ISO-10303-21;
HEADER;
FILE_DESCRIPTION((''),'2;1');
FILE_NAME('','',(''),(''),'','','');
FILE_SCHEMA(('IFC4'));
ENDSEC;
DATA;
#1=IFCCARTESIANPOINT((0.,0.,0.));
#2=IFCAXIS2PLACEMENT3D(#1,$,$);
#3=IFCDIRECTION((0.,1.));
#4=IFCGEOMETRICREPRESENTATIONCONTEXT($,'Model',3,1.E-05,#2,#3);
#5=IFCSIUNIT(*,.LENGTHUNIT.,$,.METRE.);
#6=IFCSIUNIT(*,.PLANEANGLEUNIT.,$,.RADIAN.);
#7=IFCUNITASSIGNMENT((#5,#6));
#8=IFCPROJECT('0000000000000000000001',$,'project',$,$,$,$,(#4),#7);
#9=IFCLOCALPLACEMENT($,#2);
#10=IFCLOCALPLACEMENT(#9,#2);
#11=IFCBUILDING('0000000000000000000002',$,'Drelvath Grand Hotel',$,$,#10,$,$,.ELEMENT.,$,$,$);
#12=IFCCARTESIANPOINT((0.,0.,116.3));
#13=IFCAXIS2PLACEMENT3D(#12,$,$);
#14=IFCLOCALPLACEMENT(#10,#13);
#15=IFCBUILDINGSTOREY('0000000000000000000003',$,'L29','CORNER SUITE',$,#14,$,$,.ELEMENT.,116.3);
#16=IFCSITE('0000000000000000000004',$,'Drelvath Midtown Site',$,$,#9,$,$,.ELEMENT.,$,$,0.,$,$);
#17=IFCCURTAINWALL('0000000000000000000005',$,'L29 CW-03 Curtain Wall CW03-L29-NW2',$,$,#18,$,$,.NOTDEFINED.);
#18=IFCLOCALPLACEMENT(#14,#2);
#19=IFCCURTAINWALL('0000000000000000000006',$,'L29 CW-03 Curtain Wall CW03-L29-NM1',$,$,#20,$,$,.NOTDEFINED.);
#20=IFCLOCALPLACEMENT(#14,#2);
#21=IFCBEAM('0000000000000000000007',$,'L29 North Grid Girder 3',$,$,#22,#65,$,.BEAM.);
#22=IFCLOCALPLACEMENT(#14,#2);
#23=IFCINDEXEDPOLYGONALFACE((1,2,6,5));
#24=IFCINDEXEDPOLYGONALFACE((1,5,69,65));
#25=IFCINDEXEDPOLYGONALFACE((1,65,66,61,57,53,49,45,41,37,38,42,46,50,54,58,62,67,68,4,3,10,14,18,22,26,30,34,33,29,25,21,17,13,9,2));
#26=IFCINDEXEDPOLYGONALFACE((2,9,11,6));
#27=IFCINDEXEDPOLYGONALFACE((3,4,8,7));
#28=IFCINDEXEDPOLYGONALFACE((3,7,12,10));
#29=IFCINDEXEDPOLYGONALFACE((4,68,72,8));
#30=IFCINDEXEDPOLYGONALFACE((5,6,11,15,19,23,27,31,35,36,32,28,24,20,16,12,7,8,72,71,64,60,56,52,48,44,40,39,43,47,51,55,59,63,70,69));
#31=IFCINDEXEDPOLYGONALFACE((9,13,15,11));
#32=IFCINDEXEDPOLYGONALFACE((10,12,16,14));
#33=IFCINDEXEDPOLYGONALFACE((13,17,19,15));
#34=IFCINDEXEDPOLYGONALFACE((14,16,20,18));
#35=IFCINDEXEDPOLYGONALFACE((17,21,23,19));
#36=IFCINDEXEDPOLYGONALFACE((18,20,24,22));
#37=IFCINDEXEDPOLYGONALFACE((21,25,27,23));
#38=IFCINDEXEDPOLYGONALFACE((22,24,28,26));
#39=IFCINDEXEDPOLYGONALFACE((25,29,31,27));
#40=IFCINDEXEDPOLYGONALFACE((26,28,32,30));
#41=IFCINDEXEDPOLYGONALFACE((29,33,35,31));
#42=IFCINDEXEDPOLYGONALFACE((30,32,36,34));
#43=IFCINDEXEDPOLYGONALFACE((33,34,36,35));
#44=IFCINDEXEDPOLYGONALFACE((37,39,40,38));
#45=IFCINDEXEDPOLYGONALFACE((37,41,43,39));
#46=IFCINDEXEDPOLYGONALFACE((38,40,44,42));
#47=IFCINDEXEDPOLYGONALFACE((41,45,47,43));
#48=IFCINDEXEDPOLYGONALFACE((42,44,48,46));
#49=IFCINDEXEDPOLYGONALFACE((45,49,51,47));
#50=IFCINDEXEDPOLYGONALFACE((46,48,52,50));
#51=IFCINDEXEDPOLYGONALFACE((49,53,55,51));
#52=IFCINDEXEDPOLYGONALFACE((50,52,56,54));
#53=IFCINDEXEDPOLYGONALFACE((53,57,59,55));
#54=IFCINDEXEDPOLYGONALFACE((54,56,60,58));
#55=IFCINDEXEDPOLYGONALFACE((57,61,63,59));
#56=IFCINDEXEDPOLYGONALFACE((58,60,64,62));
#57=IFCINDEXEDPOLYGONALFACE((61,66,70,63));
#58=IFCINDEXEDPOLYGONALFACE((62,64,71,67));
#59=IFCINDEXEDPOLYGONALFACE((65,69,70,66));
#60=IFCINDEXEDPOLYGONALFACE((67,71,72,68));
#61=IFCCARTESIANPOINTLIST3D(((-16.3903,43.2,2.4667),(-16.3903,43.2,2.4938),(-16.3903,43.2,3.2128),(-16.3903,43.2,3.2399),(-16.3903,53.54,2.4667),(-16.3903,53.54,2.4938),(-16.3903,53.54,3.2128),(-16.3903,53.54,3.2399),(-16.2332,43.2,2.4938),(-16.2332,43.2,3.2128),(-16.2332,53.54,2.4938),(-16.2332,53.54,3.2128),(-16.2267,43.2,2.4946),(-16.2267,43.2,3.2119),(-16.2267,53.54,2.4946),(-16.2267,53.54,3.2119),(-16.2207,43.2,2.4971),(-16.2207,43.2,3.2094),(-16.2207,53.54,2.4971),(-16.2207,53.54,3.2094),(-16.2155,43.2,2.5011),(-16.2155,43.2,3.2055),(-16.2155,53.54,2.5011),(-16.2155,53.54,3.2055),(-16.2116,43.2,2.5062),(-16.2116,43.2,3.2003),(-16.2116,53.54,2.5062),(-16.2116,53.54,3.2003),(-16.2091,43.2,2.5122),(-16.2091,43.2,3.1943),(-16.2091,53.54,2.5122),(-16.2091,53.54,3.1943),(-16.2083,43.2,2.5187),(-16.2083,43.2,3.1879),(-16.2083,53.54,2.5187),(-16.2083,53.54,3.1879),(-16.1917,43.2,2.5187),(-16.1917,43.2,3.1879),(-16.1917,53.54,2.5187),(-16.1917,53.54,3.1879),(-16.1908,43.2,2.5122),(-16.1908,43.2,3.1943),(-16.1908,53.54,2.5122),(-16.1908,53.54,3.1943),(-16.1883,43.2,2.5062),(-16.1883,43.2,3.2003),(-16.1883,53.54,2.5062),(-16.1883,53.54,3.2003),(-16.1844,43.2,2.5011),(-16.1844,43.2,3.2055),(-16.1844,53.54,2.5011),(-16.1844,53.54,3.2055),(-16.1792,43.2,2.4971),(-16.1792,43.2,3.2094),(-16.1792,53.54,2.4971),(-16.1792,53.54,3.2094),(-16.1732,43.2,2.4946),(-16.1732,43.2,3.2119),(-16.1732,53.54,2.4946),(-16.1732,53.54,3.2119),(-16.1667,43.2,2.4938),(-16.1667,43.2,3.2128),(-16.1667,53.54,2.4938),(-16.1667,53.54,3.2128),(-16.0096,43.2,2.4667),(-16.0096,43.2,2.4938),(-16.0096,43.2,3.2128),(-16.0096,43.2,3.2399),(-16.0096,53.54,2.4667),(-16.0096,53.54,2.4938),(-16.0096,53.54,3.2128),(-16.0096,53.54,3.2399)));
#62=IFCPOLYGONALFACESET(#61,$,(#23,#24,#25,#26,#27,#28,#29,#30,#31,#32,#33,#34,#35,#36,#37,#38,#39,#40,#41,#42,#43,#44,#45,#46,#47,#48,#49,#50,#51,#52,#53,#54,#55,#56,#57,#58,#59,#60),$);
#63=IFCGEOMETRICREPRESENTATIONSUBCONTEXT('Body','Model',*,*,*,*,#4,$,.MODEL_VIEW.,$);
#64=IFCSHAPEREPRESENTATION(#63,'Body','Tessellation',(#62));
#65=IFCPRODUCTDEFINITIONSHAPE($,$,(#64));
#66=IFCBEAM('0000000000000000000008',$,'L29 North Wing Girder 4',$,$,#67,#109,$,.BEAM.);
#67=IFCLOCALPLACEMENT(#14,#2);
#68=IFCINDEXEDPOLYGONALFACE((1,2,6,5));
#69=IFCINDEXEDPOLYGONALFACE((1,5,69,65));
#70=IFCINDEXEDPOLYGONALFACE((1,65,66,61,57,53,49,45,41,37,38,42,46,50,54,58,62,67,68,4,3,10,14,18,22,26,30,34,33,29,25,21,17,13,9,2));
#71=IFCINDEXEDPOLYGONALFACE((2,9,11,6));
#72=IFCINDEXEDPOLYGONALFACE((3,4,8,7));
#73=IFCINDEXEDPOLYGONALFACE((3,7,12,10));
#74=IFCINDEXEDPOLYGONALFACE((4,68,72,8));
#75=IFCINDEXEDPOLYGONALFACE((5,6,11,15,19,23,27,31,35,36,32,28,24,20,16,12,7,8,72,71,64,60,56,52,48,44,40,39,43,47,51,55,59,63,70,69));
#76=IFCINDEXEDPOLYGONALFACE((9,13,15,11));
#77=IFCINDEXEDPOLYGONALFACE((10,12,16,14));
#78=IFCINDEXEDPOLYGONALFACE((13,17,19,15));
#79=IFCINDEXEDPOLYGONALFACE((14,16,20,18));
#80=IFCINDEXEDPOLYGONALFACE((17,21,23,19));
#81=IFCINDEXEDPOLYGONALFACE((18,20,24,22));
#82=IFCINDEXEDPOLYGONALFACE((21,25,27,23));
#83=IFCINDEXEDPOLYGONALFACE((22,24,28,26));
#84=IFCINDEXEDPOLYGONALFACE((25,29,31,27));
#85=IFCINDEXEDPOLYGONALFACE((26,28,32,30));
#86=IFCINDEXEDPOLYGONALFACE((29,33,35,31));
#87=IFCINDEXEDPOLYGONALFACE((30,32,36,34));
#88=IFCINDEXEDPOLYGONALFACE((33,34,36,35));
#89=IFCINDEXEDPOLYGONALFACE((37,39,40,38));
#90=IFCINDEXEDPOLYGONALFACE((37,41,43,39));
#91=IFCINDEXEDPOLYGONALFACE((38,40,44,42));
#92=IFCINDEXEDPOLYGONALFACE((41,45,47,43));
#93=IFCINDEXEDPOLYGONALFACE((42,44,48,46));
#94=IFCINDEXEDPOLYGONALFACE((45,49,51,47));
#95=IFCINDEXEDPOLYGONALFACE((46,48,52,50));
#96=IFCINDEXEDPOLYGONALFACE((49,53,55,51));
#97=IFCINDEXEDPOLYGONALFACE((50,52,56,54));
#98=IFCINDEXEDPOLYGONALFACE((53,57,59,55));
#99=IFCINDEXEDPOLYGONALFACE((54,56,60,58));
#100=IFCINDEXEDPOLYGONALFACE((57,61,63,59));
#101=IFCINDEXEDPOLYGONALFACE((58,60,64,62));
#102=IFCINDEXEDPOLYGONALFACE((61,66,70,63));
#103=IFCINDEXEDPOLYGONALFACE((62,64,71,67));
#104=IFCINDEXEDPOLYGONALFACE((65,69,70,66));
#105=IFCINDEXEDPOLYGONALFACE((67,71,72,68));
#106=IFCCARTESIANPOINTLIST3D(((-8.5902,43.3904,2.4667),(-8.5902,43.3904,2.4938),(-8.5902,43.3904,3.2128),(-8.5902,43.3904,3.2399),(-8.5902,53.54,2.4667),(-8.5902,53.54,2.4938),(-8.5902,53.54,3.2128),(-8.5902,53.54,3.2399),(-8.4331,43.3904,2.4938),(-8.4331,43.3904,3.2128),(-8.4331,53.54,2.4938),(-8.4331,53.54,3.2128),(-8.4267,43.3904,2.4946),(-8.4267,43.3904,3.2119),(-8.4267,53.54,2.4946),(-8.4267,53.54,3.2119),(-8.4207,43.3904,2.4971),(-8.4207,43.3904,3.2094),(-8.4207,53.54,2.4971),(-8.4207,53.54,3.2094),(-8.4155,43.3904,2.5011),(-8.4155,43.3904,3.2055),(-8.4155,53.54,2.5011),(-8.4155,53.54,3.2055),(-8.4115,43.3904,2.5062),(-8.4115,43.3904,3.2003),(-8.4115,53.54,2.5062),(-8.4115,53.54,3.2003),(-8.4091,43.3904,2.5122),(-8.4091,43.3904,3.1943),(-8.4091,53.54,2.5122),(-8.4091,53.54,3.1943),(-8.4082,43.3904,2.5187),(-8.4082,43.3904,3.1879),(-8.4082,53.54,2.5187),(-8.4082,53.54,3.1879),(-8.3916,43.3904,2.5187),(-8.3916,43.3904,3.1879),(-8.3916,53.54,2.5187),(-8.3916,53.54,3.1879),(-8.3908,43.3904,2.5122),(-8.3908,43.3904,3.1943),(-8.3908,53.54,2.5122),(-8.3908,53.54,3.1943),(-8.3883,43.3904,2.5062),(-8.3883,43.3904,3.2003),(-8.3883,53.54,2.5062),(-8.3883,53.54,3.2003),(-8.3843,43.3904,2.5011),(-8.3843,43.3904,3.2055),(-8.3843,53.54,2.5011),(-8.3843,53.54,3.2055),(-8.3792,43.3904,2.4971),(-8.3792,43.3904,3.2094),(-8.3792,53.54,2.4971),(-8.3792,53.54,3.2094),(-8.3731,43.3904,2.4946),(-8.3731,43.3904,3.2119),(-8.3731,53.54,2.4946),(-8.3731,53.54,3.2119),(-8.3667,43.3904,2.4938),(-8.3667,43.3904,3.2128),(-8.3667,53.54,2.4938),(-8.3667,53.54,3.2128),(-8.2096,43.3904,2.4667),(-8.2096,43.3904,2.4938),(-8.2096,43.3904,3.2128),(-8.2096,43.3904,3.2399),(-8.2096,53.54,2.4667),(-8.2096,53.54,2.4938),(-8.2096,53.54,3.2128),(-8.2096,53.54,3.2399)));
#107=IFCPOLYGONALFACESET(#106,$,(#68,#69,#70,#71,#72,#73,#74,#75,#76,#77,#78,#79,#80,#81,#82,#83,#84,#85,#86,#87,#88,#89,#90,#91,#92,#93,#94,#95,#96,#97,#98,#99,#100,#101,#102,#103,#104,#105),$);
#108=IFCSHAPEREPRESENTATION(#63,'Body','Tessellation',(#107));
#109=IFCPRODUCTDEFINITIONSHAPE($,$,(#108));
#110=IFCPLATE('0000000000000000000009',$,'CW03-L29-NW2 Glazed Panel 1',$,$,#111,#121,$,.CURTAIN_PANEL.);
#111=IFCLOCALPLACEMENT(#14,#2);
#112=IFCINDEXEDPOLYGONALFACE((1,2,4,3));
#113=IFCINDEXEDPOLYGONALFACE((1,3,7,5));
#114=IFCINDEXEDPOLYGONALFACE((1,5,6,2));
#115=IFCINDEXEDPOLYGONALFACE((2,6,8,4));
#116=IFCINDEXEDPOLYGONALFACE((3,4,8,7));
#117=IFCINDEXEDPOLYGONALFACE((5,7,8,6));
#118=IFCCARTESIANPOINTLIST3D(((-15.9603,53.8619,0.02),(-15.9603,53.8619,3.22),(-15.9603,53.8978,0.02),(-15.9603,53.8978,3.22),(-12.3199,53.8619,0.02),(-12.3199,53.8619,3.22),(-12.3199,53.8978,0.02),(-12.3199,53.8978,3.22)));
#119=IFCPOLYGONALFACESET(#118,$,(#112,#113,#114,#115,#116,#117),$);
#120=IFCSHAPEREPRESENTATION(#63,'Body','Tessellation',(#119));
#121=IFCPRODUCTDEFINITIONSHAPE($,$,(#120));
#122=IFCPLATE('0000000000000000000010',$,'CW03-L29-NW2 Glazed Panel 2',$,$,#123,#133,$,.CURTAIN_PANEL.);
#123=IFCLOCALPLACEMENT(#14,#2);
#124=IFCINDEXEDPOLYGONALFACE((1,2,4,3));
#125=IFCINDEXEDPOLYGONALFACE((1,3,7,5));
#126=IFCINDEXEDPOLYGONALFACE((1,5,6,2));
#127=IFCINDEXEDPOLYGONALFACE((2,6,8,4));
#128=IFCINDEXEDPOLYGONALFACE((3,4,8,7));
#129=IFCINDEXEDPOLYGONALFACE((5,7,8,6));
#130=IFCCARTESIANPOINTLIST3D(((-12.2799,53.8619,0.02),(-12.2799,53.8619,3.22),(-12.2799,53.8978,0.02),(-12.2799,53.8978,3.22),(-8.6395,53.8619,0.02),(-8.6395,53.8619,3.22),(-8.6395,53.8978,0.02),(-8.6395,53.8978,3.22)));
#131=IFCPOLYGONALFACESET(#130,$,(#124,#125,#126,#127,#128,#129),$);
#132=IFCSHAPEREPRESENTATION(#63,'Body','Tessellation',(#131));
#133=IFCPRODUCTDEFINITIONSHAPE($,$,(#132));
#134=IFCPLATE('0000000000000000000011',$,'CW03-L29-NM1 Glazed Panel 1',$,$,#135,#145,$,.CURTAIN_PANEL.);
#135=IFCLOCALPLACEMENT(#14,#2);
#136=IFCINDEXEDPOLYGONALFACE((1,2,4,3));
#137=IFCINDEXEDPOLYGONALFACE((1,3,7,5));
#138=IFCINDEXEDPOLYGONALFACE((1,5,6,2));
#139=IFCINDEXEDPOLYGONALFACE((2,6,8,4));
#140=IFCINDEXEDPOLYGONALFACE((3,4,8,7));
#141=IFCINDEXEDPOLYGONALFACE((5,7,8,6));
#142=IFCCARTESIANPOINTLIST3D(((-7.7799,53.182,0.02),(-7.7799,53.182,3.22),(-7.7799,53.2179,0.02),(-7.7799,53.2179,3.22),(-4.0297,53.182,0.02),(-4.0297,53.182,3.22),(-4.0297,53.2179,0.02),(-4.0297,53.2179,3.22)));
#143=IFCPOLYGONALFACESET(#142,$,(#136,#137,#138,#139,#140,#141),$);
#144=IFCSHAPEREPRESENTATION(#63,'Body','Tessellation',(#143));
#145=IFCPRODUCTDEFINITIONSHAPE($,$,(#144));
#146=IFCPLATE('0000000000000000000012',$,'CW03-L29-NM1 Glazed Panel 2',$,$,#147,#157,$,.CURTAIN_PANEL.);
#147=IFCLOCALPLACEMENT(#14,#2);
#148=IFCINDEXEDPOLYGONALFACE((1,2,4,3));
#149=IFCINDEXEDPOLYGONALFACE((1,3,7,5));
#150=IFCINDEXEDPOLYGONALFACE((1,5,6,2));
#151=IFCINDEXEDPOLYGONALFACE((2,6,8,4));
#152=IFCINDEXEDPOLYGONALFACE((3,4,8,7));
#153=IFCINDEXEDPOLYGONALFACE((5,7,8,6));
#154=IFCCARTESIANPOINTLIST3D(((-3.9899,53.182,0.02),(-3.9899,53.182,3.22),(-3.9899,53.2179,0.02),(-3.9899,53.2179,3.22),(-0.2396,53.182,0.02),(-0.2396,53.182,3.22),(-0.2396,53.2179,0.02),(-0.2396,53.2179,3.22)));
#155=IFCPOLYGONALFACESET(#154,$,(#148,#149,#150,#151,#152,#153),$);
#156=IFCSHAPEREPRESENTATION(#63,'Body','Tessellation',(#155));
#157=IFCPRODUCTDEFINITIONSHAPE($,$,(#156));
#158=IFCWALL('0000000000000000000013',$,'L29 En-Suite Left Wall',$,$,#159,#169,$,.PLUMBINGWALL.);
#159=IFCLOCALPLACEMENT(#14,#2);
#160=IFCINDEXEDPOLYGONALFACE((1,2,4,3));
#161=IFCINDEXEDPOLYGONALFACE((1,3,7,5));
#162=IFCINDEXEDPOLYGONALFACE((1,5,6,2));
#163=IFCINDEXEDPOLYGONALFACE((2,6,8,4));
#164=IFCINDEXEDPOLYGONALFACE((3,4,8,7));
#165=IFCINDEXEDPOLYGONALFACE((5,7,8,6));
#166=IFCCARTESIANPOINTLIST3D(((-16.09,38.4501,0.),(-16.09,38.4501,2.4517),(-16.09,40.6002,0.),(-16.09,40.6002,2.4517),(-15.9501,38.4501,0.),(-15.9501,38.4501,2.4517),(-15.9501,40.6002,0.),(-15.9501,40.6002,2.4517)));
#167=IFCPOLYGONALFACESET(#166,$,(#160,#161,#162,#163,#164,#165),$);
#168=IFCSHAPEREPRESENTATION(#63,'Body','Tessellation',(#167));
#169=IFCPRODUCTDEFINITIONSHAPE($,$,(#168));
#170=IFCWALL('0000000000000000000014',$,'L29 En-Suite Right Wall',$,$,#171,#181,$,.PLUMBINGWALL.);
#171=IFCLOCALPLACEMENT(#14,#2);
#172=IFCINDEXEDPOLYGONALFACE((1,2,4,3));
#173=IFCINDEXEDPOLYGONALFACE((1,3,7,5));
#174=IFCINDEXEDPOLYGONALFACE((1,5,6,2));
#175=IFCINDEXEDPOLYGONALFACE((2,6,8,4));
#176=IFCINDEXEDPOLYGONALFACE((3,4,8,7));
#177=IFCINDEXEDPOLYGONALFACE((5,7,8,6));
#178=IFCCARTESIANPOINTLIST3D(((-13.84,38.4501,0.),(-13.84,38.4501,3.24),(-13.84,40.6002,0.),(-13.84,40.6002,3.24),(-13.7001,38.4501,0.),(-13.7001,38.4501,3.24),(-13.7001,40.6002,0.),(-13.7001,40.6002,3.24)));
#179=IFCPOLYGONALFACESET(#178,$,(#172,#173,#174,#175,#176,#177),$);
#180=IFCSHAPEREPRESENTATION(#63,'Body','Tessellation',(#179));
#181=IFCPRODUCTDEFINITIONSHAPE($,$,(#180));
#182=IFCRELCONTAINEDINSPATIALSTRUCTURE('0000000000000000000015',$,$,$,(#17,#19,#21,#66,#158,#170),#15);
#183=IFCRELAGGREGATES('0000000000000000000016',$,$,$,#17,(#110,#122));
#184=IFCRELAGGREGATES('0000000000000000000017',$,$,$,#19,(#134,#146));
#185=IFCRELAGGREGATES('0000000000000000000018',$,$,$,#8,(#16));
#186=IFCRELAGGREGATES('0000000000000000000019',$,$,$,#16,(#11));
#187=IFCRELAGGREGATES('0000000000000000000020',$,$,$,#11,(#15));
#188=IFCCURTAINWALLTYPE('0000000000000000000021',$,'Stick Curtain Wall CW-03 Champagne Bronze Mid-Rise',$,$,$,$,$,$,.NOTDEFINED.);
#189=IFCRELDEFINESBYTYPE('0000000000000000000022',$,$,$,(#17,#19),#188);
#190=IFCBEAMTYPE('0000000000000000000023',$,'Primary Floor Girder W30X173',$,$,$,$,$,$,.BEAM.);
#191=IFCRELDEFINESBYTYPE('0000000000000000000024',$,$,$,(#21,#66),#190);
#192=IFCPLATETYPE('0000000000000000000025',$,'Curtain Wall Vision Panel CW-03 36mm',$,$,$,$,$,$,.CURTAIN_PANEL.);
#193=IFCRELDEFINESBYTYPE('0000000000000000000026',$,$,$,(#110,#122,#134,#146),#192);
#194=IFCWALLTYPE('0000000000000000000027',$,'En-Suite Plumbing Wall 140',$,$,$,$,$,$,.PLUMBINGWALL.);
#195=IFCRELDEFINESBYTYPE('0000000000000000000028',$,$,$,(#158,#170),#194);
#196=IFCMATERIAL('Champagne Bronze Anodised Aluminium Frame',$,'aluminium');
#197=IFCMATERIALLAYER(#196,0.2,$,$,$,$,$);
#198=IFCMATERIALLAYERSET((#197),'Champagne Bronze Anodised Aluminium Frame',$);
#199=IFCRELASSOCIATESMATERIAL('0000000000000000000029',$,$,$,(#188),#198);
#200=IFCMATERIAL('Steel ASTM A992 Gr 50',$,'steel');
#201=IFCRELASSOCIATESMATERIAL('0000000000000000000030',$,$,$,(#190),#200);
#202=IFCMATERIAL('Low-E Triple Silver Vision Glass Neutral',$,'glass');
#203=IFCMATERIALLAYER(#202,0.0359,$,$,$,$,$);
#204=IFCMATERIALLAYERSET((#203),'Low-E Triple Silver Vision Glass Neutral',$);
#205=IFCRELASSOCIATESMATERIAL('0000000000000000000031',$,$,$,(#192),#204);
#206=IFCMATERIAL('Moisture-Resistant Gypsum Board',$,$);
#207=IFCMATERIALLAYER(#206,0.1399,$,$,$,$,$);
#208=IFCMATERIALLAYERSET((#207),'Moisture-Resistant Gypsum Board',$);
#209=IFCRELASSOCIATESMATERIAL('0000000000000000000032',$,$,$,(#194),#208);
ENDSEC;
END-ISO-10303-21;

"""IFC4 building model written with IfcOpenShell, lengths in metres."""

from ifc_helpers import new_model, si_unit, direction, frame, frame_2d, origin, origin_2d, place, context, subcontext, project, spatial, rectangle, i_section, extrude, material, layer, layer_set, material_profile, profile_set, type_object, element, aggregate, save


model = new_model("IFC4")

# Units and contexts
model_context = context("Model", 3, precision=1e-05, world=origin(), true_north=direction((0.0, 1.0)))
body_context = subcontext(model_context, "Body", "Model", "MODEL_VIEW")
ifc_project = project(units=[si_unit("LENGTHUNIT", "METRE"), si_unit("PLANEANGLEUNIT", "RADIAN")], contexts=[model_context])

# Site, building, storey
site_placement = place(None, origin())
site = spatial("IfcSite", under=ifc_project, at=site_placement, Name="Drelvath Midtown Site", CompositionType="ELEMENT", RefElevation=0.0)
building_placement = place(site_placement, origin())
building = spatial("IfcBuilding", under=site, at=building_placement, Name="Drelvath Grand Hotel", CompositionType="ELEMENT")
storey_placement = place(building_placement, frame((0.0, 0.0, 116.3)))
storey = spatial("IfcBuildingStorey", under=building, at=storey_placement, Name="L29", Description="CORNER SUITE", CompositionType="ELEMENT", Elevation=116.3)

# Curtain walls
ifc_material_1 = material(Name="Champagne Bronze Anodised Aluminium Frame", Category="aluminium")
ifc_layer_1 = layer(ifc_material_1, 0.2)
ifc_layer_set_1 = layer_set([ifc_layer_1], Name="Champagne Bronze Anodised Aluminium Frame")
curtain_wall_type = type_object("IfcCurtainWallType", Name="Stick Curtain Wall CW-03 Champagne Bronze Mid-Rise", PredefinedType="NOTDEFINED", material=ifc_layer_set_1)
curtain_wall_1_placement = place(storey_placement, origin())
curtain_wall_1 = element("IfcCurtainWall", 1, at=curtain_wall_1_placement, inside=storey, type_object=curtain_wall_type, Name="L29 CW-03 Curtain Wall CW03-L29-NW2", PredefinedType="NOTDEFINED")
curtain_wall_2_placement = place(storey_placement, origin())
curtain_wall_2 = element("IfcCurtainWall", 2, at=curtain_wall_2_placement, inside=storey, type_object=curtain_wall_type, Name="L29 CW-03 Curtain Wall CW03-L29-NM1", PredefinedType="NOTDEFINED")

# Beams
ifc_material_2 = material(Name="Steel ASTM A992 Gr 50", Category="steel")
ifc_material_profile_1 = material_profile(ifc_material_2, i_section(OverallWidth=0.3806, OverallDepth=0.7732, WebThickness=0.0166, FlangeThickness=0.0271, FilletRadius=0.0249, at=origin_2d()), Name="W30X173")
ifc_profile_set_1 = profile_set([ifc_material_profile_1], Name="Steel ASTM A992 Gr 50")
beam_type_1 = type_object("IfcBeamType", Name="Primary Floor Girder W30X173", PredefinedType="BEAM", material=ifc_profile_set_1)
beam_1_placement = place(storey_placement, frame((-16.2, 43.2, 2.8533), z_axis=(0.0, 1.0, 0.0), x_axis=(-1.0, 0.0, 0.0)))
element("IfcBeam", 3, at=beam_1_placement, inside=storey, type_object=beam_type_1, Name="L29 North Grid Girder 3", PredefinedType="BEAM", context=body_context, shape_type="SweptSolid", body=[
    extrude(i_section(OverallWidth=0.3806, OverallDepth=0.7732, WebThickness=0.0166, FlangeThickness=0.0271, FilletRadius=0.0249, at=origin_2d()), origin(), (0.0, 0.0, 1.0), 10.3401),
])
beam_2_placement = place(storey_placement, frame((-8.3999, 43.3904, 2.8533), z_axis=(0.0, 1.0, 0.0), x_axis=(-1.0, 0.0, 0.0)))
element("IfcBeam", 4, at=beam_2_placement, inside=storey, type_object=beam_type_1, Name="L29 North Wing Girder 4", PredefinedType="BEAM", context=body_context, shape_type="SweptSolid", body=[
    extrude(i_section(OverallWidth=0.3806, OverallDepth=0.7732, WebThickness=0.0166, FlangeThickness=0.0271, FilletRadius=0.0249, at=origin_2d()), origin(), (0.0, 0.0, 1.0), 10.1497),
])

# Plates
ifc_material_3 = material(Name="Low-E Triple Silver Vision Glass Neutral", Category="glass")
ifc_layer_2 = layer(ifc_material_3, 0.0359)
ifc_layer_set_2 = layer_set([ifc_layer_2], Name="Low-E Triple Silver Vision Glass Neutral")
plate_type = type_object("IfcPlateType", Name="Curtain Wall Vision Panel CW-03 36mm", PredefinedType="CURTAIN_PANEL", material=ifc_layer_set_2)
plate_1_placement = place(storey_placement, frame((-14.1401, 53.8799, 0.02), z_axis=(0.0, 0.0, 1.0), x_axis=(1.0, 0.0, 0.0)))
plate_1 = element("IfcPlate", 5, at=plate_1_placement, type_object=plate_type, Name="CW03-L29-NW2 Glazed Panel 1", PredefinedType="CURTAIN_PANEL", context=body_context, shape_type="SweptSolid", body=[
    extrude(rectangle(XDim=3.6404, YDim=0.0359, at=origin_2d()), origin(), (0.0, 0.0, 1.0), 3.2),
])
plate_2_placement = place(storey_placement, frame((-10.4597, 53.8799, 0.02), z_axis=(0.0, 0.0, 1.0), x_axis=(1.0, 0.0, 0.0)))
plate_2 = element("IfcPlate", 6, at=plate_2_placement, type_object=plate_type, Name="CW03-L29-NW2 Glazed Panel 2", PredefinedType="CURTAIN_PANEL", context=body_context, shape_type="SweptSolid", body=[
    extrude(rectangle(XDim=3.6404, YDim=0.0359, at=origin_2d()), origin(), (0.0, 0.0, 1.0), 3.2),
])
aggregate(curtain_wall_1, [plate_1, plate_2])
plate_3_placement = place(storey_placement, frame((-5.9048, 53.2, 0.02), z_axis=(0.0, 0.0, 1.0), x_axis=(1.0, 0.0, 0.0)))
plate_3 = element("IfcPlate", 7, at=plate_3_placement, type_object=plate_type, Name="CW03-L29-NM1 Glazed Panel 1", PredefinedType="CURTAIN_PANEL", context=body_context, shape_type="SweptSolid", body=[
    extrude(rectangle(XDim=3.7502, YDim=0.0359, at=origin_2d()), origin(), (0.0, 0.0, 1.0), 3.2),
])
plate_4_placement = place(storey_placement, frame((-2.1147, 53.2, 0.02), z_axis=(0.0, 0.0, 1.0), x_axis=(1.0, 0.0, 0.0)))
plate_4 = element("IfcPlate", 8, at=plate_4_placement, type_object=plate_type, Name="CW03-L29-NM1 Glazed Panel 2", PredefinedType="CURTAIN_PANEL", context=body_context, shape_type="SweptSolid", body=[
    extrude(rectangle(XDim=3.7502, YDim=0.0359, at=origin_2d()), origin(), (0.0, 0.0, 1.0), 3.2),
])
aggregate(curtain_wall_2, [plate_3, plate_4])

# Walls
ifc_material_4 = material(Name="Moisture-Resistant Gypsum Board")
ifc_layer_3 = layer(ifc_material_4, 0.1399)
ifc_layer_set_3 = layer_set([ifc_layer_3], Name="Moisture-Resistant Gypsum Board")
wall_type_1 = type_object("IfcWallType", Name="En-Suite Plumbing Wall 140", PredefinedType="PLUMBINGWALL", material=ifc_layer_set_3)
wall_1_placement = place(storey_placement, frame((-16.02, 38.45, 0.0), z_axis=(0.0, 0.0, 1.0), x_axis=(0.0, 1.0, 0.0)))
element("IfcWall", 9, at=wall_1_placement, inside=storey, type_object=wall_type_1, Name="L29 En-Suite Left Wall", PredefinedType="PLUMBINGWALL", context=body_context, shape_type="SweptSolid", body=[
    extrude(rectangle(XDim=2.1501, YDim=0.1399, at=frame_2d((1.0752, 0.0))), origin(), (0.0, 0.0, 1.0), 2.4517),
])
wall_2_placement = place(storey_placement, frame((-13.77, 38.45, 0.0), z_axis=(0.0, 0.0, 1.0), x_axis=(0.0, 1.0, 0.0)))
element("IfcWall", 10, at=wall_2_placement, inside=storey, type_object=wall_type_1, Name="L29 En-Suite Right Wall", PredefinedType="PLUMBINGWALL", context=body_context, shape_type="SweptSolid", body=[
    extrude(rectangle(XDim=2.1501, YDim=0.1399, at=frame_2d((1.0752, 0.0))), origin(), (0.0, 0.0, 1.0), 3.24),
])

save(model, "model.ifc")
